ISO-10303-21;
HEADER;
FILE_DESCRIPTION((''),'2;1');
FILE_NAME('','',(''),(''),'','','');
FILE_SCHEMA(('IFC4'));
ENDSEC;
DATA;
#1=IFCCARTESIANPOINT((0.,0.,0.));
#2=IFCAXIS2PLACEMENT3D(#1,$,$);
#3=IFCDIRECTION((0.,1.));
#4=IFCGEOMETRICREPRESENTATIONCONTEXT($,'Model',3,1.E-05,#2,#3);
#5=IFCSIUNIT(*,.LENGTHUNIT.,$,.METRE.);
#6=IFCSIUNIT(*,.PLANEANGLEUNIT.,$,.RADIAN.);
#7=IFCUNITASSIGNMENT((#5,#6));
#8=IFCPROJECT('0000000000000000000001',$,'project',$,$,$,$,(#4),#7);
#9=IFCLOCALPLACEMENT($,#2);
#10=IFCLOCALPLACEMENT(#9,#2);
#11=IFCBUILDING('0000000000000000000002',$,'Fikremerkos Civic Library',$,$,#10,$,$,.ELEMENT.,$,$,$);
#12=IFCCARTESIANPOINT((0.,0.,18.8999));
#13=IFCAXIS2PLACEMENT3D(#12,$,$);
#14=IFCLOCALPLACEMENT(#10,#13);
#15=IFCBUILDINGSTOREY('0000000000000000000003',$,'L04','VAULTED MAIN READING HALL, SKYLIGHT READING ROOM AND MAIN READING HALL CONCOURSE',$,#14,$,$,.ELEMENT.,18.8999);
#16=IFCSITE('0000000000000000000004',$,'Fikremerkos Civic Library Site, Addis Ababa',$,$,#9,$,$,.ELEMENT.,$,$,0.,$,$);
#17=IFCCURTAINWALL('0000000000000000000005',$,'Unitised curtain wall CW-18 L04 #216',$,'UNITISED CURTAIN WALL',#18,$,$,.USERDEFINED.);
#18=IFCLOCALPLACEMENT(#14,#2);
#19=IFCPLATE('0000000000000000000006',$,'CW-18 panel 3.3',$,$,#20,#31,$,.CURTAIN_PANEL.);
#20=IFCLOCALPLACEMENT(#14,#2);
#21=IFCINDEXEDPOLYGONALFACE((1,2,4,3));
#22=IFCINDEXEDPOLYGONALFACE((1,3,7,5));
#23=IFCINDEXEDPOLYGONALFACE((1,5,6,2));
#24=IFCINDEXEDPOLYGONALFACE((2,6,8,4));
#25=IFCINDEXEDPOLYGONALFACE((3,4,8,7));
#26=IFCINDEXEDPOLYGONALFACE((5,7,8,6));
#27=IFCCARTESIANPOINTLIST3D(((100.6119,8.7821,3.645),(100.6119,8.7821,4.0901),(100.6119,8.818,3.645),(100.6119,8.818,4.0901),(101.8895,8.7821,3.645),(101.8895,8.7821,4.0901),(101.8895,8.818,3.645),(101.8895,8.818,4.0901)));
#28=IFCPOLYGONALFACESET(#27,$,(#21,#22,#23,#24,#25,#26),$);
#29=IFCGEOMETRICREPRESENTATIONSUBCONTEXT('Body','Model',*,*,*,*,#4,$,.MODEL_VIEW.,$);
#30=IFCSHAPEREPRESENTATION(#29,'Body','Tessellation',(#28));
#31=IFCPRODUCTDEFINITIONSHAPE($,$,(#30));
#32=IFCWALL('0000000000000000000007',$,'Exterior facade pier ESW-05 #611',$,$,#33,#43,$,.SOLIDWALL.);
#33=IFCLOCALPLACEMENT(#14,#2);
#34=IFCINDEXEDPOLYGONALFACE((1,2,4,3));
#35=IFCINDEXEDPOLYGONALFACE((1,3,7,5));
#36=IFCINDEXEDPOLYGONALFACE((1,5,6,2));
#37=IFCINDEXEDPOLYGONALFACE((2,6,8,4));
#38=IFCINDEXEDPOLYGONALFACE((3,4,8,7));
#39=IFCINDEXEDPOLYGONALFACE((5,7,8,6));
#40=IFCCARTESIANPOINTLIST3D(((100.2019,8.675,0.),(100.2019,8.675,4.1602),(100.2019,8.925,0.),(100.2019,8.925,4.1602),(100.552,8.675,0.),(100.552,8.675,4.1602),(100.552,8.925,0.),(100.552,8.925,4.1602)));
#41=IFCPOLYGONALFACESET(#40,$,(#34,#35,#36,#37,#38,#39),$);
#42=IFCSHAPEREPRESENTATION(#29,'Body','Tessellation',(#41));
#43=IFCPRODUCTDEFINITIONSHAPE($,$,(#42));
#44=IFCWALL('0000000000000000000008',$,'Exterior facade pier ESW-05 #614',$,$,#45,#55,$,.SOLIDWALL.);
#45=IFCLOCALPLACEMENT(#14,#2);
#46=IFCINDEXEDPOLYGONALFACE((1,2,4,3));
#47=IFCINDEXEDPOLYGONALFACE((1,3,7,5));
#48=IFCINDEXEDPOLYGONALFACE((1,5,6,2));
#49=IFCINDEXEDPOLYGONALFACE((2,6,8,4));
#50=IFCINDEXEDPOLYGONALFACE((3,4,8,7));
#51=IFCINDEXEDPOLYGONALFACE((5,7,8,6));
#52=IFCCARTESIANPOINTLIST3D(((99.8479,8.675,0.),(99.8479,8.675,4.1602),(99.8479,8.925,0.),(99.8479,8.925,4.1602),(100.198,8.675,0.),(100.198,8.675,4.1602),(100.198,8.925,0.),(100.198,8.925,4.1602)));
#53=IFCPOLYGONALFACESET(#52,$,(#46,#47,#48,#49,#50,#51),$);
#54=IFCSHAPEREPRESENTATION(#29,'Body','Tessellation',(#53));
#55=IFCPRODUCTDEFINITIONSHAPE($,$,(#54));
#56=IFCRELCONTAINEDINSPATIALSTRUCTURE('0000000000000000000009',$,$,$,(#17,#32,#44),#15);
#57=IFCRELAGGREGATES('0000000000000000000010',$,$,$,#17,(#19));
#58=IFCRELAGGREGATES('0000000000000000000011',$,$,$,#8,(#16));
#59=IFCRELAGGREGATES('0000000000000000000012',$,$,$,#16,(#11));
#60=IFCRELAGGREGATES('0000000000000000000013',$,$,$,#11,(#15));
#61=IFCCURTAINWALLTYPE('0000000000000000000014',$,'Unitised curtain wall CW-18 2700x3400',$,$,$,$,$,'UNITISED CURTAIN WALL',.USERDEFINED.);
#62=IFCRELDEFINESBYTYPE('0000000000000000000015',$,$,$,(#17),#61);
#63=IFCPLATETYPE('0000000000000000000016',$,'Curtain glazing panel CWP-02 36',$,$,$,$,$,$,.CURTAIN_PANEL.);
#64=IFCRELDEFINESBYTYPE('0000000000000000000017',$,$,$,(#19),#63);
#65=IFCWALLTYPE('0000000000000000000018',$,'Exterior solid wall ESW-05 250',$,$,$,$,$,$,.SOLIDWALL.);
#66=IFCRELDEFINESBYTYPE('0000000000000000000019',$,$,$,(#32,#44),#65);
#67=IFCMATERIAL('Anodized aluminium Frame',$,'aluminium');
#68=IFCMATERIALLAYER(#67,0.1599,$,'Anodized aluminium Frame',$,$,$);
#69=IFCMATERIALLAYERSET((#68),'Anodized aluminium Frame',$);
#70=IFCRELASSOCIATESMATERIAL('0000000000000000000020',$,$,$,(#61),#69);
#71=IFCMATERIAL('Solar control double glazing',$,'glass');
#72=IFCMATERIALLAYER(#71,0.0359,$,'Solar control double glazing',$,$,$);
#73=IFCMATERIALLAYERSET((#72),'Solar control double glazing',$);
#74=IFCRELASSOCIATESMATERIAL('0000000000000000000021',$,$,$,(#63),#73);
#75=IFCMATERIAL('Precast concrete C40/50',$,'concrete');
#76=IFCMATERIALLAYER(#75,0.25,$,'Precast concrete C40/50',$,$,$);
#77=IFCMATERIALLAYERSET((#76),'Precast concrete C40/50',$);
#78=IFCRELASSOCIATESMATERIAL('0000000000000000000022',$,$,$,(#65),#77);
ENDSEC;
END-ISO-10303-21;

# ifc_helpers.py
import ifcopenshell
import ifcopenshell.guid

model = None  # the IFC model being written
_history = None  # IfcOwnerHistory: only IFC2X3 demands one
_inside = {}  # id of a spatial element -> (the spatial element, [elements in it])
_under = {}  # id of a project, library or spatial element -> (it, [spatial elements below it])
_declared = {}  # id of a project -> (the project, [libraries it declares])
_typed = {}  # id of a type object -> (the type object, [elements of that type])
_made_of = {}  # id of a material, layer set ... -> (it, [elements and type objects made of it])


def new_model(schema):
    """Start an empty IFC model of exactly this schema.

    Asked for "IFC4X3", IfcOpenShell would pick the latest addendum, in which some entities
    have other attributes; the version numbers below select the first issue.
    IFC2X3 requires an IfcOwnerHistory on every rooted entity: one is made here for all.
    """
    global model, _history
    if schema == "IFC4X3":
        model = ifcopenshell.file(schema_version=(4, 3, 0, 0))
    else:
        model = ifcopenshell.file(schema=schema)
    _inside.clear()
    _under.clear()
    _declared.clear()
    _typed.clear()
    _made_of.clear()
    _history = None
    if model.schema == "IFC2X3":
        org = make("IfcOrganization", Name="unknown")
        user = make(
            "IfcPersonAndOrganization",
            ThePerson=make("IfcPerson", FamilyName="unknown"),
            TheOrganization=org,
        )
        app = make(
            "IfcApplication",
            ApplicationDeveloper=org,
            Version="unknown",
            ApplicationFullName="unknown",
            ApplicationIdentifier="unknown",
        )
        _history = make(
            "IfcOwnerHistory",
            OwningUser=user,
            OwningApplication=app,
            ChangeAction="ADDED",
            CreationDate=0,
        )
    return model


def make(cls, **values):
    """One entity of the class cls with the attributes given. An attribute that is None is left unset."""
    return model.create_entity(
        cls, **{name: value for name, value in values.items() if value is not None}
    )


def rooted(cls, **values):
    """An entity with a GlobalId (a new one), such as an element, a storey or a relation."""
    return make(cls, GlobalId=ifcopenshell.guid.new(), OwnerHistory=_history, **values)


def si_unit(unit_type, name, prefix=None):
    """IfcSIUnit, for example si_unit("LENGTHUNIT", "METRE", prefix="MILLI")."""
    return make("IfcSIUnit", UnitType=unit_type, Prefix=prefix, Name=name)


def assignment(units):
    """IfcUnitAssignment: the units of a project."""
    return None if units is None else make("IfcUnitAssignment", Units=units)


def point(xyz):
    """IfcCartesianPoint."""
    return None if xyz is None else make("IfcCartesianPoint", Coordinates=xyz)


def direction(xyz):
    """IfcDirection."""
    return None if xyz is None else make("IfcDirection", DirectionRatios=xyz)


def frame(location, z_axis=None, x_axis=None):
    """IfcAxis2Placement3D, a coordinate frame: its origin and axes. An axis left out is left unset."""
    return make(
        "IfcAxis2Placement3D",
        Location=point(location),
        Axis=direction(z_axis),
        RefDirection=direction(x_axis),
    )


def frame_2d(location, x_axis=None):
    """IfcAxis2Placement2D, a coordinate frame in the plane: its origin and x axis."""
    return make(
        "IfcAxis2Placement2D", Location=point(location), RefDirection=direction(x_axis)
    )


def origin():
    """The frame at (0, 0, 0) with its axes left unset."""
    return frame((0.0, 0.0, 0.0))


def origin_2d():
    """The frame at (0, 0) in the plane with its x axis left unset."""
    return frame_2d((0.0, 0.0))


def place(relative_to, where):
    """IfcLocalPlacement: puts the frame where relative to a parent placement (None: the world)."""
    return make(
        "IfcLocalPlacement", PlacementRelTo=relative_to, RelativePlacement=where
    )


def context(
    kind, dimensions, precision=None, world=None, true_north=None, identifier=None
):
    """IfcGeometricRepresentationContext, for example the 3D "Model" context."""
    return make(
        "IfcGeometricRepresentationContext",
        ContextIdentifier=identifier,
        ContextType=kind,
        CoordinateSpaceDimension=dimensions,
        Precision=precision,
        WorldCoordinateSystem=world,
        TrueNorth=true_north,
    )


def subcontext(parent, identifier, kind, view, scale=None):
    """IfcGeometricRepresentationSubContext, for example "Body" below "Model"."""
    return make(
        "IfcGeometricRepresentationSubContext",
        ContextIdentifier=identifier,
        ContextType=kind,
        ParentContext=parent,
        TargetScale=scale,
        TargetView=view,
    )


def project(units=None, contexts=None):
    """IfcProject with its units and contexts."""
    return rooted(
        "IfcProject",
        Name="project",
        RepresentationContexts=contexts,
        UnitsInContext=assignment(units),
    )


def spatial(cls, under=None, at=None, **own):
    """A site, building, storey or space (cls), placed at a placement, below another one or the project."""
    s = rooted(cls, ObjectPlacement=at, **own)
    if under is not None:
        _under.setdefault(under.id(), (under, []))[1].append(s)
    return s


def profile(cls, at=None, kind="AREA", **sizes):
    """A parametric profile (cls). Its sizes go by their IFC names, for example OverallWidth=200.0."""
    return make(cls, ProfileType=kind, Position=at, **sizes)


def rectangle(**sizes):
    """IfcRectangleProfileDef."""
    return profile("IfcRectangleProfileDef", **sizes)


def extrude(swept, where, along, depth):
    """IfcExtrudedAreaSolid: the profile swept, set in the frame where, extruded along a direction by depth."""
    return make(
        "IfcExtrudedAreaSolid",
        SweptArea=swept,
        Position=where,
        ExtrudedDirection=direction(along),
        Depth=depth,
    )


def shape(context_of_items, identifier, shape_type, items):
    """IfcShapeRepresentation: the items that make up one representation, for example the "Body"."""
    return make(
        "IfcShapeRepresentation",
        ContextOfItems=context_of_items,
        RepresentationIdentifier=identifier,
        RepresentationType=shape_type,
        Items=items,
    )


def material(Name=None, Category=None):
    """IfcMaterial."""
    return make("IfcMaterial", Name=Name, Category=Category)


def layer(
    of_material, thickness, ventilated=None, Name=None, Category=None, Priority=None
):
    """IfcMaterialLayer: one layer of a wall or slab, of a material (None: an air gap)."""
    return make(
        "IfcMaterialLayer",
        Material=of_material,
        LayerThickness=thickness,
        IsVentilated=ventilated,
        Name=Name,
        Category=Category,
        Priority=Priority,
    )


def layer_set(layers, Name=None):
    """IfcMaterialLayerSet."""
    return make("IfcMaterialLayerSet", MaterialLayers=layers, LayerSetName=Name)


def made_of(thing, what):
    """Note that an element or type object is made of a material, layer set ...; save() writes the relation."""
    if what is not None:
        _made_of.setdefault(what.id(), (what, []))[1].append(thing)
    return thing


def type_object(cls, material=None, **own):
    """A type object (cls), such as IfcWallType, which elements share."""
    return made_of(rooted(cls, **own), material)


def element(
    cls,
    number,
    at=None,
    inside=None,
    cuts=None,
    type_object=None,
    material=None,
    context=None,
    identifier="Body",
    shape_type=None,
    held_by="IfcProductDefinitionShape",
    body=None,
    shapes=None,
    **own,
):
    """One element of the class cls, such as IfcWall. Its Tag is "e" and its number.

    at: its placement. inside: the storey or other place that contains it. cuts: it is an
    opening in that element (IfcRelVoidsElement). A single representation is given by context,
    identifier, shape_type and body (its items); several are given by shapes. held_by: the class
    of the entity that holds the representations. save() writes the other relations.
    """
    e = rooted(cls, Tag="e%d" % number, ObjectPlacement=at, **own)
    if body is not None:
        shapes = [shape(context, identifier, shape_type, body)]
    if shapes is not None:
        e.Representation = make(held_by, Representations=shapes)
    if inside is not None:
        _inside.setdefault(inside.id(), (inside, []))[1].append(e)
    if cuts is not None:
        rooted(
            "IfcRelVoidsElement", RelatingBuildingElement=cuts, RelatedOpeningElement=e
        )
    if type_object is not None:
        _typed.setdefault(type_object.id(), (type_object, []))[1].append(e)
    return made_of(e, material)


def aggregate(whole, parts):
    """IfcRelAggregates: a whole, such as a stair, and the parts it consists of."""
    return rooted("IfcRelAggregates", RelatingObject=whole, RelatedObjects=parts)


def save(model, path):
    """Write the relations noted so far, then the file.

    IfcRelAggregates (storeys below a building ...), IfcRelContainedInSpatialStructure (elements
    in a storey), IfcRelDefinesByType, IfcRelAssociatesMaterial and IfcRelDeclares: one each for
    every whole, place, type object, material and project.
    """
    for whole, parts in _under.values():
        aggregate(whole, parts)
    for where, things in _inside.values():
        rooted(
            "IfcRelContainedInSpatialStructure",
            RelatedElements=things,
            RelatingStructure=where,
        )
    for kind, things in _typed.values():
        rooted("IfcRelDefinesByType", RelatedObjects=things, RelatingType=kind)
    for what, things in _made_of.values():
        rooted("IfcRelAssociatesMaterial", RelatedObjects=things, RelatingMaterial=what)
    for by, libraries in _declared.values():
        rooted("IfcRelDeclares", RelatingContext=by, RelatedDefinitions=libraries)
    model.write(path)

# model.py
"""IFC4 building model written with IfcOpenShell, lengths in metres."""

from ifc_helpers import new_model, si_unit, direction, frame, frame_2d, origin, origin_2d, place, context, subcontext, project, spatial, rectangle, extrude, material, layer, layer_set, type_object, element, aggregate, save


model = new_model("IFC4")

# Units and contexts
model_context = context("Model", 3, precision=1e-05, world=origin(), true_north=direction((0.0, 1.0)))
body_context = subcontext(model_context, "Body", "Model", "MODEL_VIEW")
ifc_project = project(units=[si_unit("LENGTHUNIT", "METRE"), si_unit("PLANEANGLEUNIT", "RADIAN")], contexts=[model_context])

# Site, building, storey
site_placement = place(None, origin())
site = spatial("IfcSite", under=ifc_project, at=site_placement, Name="Fikremerkos Civic Library Site, Addis Ababa", CompositionType="ELEMENT", RefElevation=0.0)
building_placement = place(site_placement, origin())
building = spatial("IfcBuilding", under=site, at=building_placement, Name="Fikremerkos Civic Library", CompositionType="ELEMENT")
storey_placement = place(building_placement, frame((0.0, 0.0, 18.8999)))
storey = spatial("IfcBuildingStorey", under=building, at=storey_placement, Name="L04", Description="VAULTED MAIN READING HALL, SKYLIGHT READING ROOM AND MAIN READING HALL CONCOURSE", CompositionType="ELEMENT", Elevation=18.8999)

# Curtain wall
ifc_material_1 = material(Name="Anodized aluminium Frame", Category="aluminium")
ifc_layer_1 = layer(ifc_material_1, 0.1599, Name="Anodized aluminium Frame")
ifc_layer_set_1 = layer_set([ifc_layer_1], Name="Anodized aluminium Frame")
curtain_wall_type_1 = type_object("IfcCurtainWallType", Name="Unitised curtain wall CW-18 2700x3400", ElementType="UNITISED CURTAIN WALL", PredefinedType="USERDEFINED", material=ifc_layer_set_1)
curtain_wall_1_placement = place(storey_placement, origin())
curtain_wall_1 = element("IfcCurtainWall", 1, at=curtain_wall_1_placement, inside=storey, type_object=curtain_wall_type_1, Name="Unitised curtain wall CW-18 L04 #216", ObjectType="UNITISED CURTAIN WALL", PredefinedType="USERDEFINED")

# Plate
ifc_material_2 = material(Name="Solar control double glazing", Category="glass")
ifc_layer_2 = layer(ifc_material_2, 0.0359, Name="Solar control double glazing")
ifc_layer_set_2 = layer_set([ifc_layer_2], Name="Solar control double glazing")
plate_type_1 = type_object("IfcPlateType", Name="Curtain glazing panel CWP-02 36", PredefinedType="CURTAIN_PANEL", material=ifc_layer_set_2)
plate_1_placement = place(storey_placement, frame((101.2507, 8.8, 3.645), z_axis=(0.0, 0.0, 1.0), x_axis=(-1.0, 0.0, 0.0)))
plate_1 = element("IfcPlate", 2, at=plate_1_placement, type_object=plate_type_1, Name="CW-18 panel 3.3", PredefinedType="CURTAIN_PANEL", context=body_context, shape_type="SweptSolid", body=[
    extrude(rectangle(XDim=1.2776, YDim=0.0359, at=origin_2d()), origin(), (0.0, 0.0, 1.0), 0.4451),
])
aggregate(curtain_wall_1, [plate_1])

# Walls
ifc_material_3 = material(Name="Precast concrete C40/50", Category="concrete")
ifc_layer_3 = layer(ifc_material_3, 0.25, Name="Precast concrete C40/50")
ifc_layer_set_3 = layer_set([ifc_layer_3], Name="Precast concrete C40/50")
wall_type = type_object("IfcWallType", Name="Exterior solid wall ESW-05 250", PredefinedType="SOLIDWALL", material=ifc_layer_set_3)
for number, where, z_axis, x_axis, name in (
    (3, (100.552, 8.8, 0.0), (0.0, 0.0, 1.0), (-1.0, 0.0, 0.0), "Exterior facade pier ESW-05 #611"),
    (4, (100.198, 8.8, 0.0), (0.0, 0.0, 1.0), (-1.0, 0.0, 0.0), "Exterior facade pier ESW-05 #614"),
):
    element("IfcWall", number, at=place(storey_placement, frame(where, z_axis=z_axis, x_axis=x_axis)), inside=storey, type_object=wall_type, Name=name, PredefinedType="SOLIDWALL", context=body_context, shape_type="SweptSolid", body=[
        extrude(rectangle(XDim=0.3501, YDim=0.25, at=frame_2d((0.175, 0.0))), origin(), (0.0, 0.0, 1.0), 4.1602),
    ])

save(model, "model.ifc")
